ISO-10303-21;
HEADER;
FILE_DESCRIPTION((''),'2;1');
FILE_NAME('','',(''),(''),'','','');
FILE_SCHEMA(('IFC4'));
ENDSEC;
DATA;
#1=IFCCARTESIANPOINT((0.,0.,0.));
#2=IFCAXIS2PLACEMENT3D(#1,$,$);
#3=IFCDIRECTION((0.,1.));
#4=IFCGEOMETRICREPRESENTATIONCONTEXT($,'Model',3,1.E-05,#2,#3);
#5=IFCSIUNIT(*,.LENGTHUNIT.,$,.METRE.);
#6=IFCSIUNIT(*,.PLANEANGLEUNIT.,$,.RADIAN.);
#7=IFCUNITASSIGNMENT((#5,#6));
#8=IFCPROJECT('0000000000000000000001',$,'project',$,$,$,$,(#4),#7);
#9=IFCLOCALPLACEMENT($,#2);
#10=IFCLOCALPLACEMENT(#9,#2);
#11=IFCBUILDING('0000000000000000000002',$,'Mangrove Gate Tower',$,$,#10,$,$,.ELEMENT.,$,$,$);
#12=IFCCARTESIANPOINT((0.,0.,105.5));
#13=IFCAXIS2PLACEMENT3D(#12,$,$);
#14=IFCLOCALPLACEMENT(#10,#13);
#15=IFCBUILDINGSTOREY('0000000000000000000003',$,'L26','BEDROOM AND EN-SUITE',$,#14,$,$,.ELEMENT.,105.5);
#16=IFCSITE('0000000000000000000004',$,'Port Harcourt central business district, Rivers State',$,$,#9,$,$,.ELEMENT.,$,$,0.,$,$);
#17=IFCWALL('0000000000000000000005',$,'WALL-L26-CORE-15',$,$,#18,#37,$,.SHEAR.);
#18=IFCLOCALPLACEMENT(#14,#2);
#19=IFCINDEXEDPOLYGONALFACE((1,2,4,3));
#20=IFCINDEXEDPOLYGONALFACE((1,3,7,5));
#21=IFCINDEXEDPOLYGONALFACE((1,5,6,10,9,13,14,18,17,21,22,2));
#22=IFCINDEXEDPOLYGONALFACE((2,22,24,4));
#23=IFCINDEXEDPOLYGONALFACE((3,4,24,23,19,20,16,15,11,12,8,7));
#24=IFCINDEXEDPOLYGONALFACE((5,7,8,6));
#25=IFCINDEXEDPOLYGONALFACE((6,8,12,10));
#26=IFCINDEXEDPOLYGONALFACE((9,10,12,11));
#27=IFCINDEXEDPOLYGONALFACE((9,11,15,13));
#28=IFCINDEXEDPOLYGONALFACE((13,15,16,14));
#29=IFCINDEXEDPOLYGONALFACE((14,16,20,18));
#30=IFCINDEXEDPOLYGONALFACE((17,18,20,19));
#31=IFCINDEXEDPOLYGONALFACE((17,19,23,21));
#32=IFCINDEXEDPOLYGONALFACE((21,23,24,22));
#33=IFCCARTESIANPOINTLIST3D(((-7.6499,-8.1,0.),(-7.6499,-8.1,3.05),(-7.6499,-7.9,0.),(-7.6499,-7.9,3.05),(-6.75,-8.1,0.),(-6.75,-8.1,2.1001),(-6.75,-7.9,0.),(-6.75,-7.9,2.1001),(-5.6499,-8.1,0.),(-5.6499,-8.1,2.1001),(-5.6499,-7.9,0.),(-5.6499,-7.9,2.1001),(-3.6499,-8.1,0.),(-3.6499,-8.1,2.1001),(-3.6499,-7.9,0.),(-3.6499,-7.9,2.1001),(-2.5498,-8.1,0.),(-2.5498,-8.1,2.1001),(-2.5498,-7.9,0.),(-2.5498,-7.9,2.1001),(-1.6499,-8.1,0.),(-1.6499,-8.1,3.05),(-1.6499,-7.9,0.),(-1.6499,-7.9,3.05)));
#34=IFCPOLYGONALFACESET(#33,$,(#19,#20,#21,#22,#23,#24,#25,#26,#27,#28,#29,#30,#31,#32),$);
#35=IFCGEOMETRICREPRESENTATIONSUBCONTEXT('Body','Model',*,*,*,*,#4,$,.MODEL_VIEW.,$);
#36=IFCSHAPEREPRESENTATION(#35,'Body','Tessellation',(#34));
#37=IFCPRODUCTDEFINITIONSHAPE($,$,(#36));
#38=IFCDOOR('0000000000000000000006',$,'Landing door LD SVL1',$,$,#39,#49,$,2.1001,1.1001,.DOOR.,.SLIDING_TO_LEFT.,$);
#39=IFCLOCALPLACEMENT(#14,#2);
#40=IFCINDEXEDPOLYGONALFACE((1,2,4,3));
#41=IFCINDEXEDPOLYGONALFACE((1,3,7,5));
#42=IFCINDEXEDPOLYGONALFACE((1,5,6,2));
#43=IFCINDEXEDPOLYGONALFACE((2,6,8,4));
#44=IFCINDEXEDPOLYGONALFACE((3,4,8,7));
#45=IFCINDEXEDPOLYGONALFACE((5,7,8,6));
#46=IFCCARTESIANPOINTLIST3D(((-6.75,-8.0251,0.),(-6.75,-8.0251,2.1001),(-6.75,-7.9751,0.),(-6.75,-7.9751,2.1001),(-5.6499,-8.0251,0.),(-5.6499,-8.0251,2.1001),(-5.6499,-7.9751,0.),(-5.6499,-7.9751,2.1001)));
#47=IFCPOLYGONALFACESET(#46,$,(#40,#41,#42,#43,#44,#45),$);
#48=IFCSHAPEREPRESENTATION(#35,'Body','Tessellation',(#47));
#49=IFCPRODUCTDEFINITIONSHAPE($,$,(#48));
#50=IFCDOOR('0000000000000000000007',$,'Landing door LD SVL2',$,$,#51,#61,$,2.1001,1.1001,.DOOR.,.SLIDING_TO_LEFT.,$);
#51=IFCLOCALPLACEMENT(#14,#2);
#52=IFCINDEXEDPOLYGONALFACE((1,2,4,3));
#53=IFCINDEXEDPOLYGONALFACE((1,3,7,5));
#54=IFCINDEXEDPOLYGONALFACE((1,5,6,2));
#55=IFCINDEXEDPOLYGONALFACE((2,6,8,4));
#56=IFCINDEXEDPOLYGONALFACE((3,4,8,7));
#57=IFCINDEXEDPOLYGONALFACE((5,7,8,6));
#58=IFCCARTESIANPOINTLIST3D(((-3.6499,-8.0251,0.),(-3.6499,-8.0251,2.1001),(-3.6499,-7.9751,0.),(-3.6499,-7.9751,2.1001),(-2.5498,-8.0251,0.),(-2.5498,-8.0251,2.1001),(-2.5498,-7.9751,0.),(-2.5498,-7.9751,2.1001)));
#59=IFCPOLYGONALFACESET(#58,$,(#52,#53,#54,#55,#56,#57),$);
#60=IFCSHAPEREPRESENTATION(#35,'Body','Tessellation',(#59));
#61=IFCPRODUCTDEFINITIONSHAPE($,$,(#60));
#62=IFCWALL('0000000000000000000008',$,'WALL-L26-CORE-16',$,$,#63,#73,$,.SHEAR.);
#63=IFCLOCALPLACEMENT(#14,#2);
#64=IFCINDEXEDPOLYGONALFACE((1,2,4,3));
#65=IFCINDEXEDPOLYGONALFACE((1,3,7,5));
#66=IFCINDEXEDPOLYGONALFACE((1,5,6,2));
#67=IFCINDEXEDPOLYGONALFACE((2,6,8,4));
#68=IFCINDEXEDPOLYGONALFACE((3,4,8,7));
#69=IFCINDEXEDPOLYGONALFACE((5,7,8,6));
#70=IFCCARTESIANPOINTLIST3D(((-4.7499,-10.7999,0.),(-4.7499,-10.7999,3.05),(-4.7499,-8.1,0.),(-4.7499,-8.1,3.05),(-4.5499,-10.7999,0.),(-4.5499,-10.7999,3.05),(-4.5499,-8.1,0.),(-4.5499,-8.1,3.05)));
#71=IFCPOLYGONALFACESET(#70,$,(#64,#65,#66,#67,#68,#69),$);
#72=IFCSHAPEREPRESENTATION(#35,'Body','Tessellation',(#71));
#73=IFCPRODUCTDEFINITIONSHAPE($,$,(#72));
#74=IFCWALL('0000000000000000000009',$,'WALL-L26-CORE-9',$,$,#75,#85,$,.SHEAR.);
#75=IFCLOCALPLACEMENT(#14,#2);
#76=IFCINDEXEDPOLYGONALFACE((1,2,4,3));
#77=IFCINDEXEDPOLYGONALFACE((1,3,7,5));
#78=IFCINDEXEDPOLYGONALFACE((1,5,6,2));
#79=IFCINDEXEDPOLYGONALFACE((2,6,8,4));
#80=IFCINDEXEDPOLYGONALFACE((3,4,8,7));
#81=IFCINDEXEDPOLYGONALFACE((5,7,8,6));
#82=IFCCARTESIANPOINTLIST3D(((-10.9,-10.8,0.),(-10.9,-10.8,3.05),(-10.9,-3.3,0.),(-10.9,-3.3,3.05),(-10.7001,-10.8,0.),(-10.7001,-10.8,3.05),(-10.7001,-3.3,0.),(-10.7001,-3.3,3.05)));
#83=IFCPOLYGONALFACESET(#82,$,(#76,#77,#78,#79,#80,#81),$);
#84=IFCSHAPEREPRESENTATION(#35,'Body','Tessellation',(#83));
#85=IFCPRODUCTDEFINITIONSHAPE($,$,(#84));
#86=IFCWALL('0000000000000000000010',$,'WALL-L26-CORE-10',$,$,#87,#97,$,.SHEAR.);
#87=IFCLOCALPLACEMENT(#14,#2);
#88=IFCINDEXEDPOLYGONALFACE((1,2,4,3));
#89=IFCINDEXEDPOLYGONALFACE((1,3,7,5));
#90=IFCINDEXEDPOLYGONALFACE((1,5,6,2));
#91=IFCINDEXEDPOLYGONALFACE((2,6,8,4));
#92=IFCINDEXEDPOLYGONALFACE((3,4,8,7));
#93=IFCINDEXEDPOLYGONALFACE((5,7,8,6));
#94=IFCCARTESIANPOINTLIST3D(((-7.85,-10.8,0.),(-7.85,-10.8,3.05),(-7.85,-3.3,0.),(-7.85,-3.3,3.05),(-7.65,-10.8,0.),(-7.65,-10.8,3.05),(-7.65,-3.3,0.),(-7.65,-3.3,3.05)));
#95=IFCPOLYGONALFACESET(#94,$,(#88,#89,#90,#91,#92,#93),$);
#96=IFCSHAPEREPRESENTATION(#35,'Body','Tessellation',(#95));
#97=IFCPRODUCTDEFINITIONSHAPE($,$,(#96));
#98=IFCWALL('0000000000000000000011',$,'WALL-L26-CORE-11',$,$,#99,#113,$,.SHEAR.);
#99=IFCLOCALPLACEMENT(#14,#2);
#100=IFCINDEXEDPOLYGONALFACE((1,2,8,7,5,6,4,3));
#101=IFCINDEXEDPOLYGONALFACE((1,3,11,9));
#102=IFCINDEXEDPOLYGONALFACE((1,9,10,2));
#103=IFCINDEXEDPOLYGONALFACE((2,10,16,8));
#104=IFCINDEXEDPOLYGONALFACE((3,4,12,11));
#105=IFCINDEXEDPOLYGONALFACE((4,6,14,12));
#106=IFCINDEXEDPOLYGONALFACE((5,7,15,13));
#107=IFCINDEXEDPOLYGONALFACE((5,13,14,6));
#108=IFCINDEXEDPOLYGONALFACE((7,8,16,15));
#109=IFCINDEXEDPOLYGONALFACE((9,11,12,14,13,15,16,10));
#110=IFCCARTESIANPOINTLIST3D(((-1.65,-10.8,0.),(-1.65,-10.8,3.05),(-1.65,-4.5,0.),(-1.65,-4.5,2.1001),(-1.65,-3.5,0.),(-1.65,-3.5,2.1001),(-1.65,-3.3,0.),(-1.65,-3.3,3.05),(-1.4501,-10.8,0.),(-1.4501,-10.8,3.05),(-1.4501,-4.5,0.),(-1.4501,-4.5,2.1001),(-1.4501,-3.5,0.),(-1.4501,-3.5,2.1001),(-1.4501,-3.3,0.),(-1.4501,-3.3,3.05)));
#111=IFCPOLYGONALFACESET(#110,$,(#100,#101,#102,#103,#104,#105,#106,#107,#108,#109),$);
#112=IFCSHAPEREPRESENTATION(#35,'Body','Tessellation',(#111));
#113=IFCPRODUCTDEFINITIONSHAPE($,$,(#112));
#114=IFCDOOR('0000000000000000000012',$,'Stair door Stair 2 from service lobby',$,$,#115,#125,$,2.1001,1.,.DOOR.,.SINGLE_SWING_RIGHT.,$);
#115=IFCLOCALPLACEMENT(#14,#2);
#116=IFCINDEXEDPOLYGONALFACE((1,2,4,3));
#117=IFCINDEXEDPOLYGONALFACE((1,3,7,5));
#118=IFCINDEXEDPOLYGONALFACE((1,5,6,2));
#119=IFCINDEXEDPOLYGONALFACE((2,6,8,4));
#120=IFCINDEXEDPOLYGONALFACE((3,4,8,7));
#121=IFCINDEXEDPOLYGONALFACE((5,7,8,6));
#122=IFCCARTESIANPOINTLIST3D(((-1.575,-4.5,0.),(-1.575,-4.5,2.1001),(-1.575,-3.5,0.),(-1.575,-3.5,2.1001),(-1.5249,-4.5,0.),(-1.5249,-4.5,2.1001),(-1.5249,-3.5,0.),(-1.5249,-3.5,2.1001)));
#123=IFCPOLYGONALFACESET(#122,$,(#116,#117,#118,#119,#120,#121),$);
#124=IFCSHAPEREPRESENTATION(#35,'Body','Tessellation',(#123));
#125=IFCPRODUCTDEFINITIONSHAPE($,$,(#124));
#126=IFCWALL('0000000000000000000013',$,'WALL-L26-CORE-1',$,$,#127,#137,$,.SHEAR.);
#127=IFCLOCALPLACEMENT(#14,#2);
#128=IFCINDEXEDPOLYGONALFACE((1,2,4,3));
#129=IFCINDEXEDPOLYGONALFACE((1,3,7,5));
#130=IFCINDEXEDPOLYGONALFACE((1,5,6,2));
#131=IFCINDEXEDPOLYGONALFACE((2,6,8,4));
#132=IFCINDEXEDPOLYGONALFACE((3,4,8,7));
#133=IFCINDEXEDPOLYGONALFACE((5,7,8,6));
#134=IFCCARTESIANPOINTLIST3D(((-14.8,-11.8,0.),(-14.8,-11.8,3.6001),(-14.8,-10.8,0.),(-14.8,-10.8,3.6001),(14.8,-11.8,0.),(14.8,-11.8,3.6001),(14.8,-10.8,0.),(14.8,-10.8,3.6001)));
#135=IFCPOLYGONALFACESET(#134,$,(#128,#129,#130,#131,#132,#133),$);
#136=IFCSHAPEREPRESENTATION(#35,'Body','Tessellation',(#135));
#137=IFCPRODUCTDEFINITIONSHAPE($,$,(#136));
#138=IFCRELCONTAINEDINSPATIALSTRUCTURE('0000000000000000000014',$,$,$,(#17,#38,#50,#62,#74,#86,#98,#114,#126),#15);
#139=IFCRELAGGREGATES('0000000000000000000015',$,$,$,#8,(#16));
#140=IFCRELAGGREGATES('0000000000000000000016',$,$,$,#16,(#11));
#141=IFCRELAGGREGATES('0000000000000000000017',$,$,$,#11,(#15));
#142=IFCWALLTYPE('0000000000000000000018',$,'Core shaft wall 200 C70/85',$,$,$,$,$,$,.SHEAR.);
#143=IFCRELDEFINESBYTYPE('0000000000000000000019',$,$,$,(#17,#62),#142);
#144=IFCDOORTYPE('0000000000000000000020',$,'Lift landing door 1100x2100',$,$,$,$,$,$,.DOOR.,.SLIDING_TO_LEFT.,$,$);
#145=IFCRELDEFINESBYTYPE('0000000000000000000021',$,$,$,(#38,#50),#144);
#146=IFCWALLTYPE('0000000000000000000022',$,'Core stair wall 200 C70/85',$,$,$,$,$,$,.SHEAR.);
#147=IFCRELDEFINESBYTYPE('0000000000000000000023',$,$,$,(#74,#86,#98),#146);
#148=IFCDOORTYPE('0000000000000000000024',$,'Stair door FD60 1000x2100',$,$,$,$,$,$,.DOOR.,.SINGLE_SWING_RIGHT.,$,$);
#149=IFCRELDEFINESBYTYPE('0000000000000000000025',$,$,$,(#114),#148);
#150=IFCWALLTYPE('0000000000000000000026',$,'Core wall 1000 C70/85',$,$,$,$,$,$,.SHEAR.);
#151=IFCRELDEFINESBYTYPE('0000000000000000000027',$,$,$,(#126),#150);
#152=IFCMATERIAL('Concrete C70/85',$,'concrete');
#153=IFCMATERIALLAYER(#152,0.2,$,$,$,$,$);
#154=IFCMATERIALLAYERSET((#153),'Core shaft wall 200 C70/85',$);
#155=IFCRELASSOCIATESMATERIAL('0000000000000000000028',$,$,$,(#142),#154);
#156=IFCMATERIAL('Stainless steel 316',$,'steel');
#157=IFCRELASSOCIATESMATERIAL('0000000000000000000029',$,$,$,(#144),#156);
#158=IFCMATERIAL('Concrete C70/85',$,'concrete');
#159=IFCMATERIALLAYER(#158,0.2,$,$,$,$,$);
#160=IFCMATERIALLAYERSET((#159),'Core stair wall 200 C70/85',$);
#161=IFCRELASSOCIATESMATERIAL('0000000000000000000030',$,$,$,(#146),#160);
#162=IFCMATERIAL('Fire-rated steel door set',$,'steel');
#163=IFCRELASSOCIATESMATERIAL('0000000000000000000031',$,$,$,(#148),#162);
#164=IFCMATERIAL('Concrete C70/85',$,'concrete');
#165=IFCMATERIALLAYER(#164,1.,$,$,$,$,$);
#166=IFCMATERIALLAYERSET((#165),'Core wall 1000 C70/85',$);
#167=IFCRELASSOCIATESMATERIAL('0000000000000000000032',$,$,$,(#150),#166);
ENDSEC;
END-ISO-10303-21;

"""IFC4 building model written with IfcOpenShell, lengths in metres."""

from ifc_helpers import new_model, si_unit, direction, frame, frame_2d, origin, place, context, subcontext, project, spatial, rectangle, extrude, material, layer, layer_set, type_object, element, fill, save


model = new_model("IFC4")

# Units and contexts
model_context = context("Model", 3, precision=1e-05, world=origin(), true_north=direction((0.0, 1.0)))
body_context = subcontext(model_context, "Body", "Model", "MODEL_VIEW")
ifc_project = project(units=[si_unit("LENGTHUNIT", "METRE"), si_unit("PLANEANGLEUNIT", "RADIAN")], contexts=[model_context])

# Site, building, storey
site_placement = place(None, origin())
site = spatial("IfcSite", under=ifc_project, at=site_placement, Name="Port Harcourt central business district, Rivers State", CompositionType="ELEMENT", RefElevation=0.0)
building_placement = place(site_placement, origin())
building = spatial("IfcBuilding", under=site, at=building_placement, Name="Mangrove Gate Tower", CompositionType="ELEMENT")
storey_placement = place(building_placement, frame((0.0, 0.0, 105.5)))
storey = spatial("IfcBuildingStorey", under=building, at=storey_placement, Name="L26", Description="BEDROOM AND EN-SUITE", CompositionType="ELEMENT", Elevation=105.5)

# Wall, openings, doors
ifc_material_1 = material(Name="Concrete C70/85", Category="concrete")
ifc_layer_1 = layer(ifc_material_1, 0.2)
ifc_layer_set_1 = layer_set([ifc_layer_1], Name="Core shaft wall 200 C70/85")
wall_type_1 = type_object("IfcWallType", Name="Core shaft wall 200 C70/85", PredefinedType="SHEAR", material=ifc_layer_set_1)
wall_1_placement = place(storey_placement, frame((-7.6499, -8.0, 0.0), z_axis=(0.0, 0.0, 1.0), x_axis=(1.0, 0.0, 0.0)))
wall_1 = element("IfcWall", 1, at=wall_1_placement, inside=storey, type_object=wall_type_1, Name="WALL-L26-CORE-15", PredefinedType="SHEAR", context=body_context, shape_type="SweptSolid", body=[
    extrude(rectangle(XDim=6.0, YDim=0.2, at=frame_2d((3.0, 0.0))), origin(), (0.0, 0.0, 1.0), 3.05),
])
opening_1_placement = place(wall_1_placement, frame((0.8999, 0.0, 0.0)))
opening_1 = element("IfcOpeningElement", 2, at=opening_1_placement, cuts=wall_1, PredefinedType="OPENING", context=body_context, shape_type="SweptSolid", body=[
    extrude(rectangle(XDim=1.1001, YDim=2.1001, at=frame_2d((0.55, 1.05))), frame((0.0, 0.1099, 0.0), z_axis=(0.0, -1.0, 0.0), x_axis=(1.0, 0.0, 0.0)), (0.0, 0.0, 1.0), 0.22),
])
opening_2_placement = place(wall_1_placement, frame((4.0, 0.0, 0.0)))
opening_2 = element("IfcOpeningElement", 3, at=opening_2_placement, cuts=wall_1, PredefinedType="OPENING", context=body_context, shape_type="SweptSolid", body=[
    extrude(rectangle(XDim=1.1001, YDim=2.1001, at=frame_2d((0.55, 1.05))), frame((0.0, 0.1099, 0.0), z_axis=(0.0, -1.0, 0.0), x_axis=(1.0, 0.0, 0.0)), (0.0, 0.0, 1.0), 0.22),
])
ifc_material_2 = material(Name="Stainless steel 316", Category="steel")
door_type_1 = type_object("IfcDoorType", Name="Lift landing door 1100x2100", OperationType="SLIDING_TO_LEFT", PredefinedType="DOOR", material=ifc_material_2)
door_1_placement = place(opening_1_placement, origin())
door_1 = element("IfcDoor", 4, at=door_1_placement, inside=storey, type_object=door_type_1, Name="Landing door LD SVL1", OperationType="SLIDING_TO_LEFT", OverallHeight=2.1001, OverallWidth=1.1001, PredefinedType="DOOR", context=body_context, shape_type="SweptSolid", body=[
    extrude(rectangle(XDim=1.1001, YDim=2.1001, at=frame_2d((0.55, 1.05))), frame((0.0, 0.0249, 0.0), z_axis=(0.0, -1.0, 0.0), x_axis=(1.0, 0.0, 0.0)), (0.0, 0.0, 1.0), 0.05),
])
fill(opening_1, door_1)
door_2_placement = place(opening_2_placement, origin())
door_2 = element("IfcDoor", 5, at=door_2_placement, inside=storey, type_object=door_type_1, Name="Landing door LD SVL2", OperationType="SLIDING_TO_LEFT", OverallHeight=2.1001, OverallWidth=1.1001, PredefinedType="DOOR", context=body_context, shape_type="SweptSolid", body=[
    extrude(rectangle(XDim=1.1001, YDim=2.1001, at=frame_2d((0.55, 1.05))), frame((0.0, 0.0249, 0.0), z_axis=(0.0, -1.0, 0.0), x_axis=(1.0, 0.0, 0.0)), (0.0, 0.0, 1.0), 0.05),
])
fill(opening_2, door_2)

# Walls
wall_2_placement = place(storey_placement, frame((-4.6499, -10.8, 0.0), z_axis=(0.0, 0.0, 1.0), x_axis=(0.0, 1.0, 0.0)))
element("IfcWall", 6, at=wall_2_placement, inside=storey, type_object=wall_type_1, Name="WALL-L26-CORE-16", PredefinedType="SHEAR", context=body_context, shape_type="SweptSolid", body=[
    extrude(rectangle(XDim=2.7, YDim=0.2, at=frame_2d((1.3501, 0.0))), origin(), (0.0, 0.0, 1.0), 3.05),
])
ifc_material_3 = material(Name="Concrete C70/85", Category="concrete")
ifc_layer_2 = layer(ifc_material_3, 0.2)
ifc_layer_set_2 = layer_set([ifc_layer_2], Name="Core stair wall 200 C70/85")
wall_type_2 = type_object("IfcWallType", Name="Core stair wall 200 C70/85", PredefinedType="SHEAR", material=ifc_layer_set_2)
for number, where, z_axis, x_axis, name in (
    (7, (-10.8, -10.8, 0.0), (0.0, 0.0, 1.0), (0.0, 1.0, 0.0), "WALL-L26-CORE-9"),
    (8, (-7.75, -10.8, 0.0), (0.0, 0.0, 1.0), (0.0, 1.0, 0.0), "WALL-L26-CORE-10"),
):
    element("IfcWall", number, at=place(storey_placement, frame(where, z_axis=z_axis, x_axis=x_axis)), inside=storey, type_object=wall_type_2, Name=name, PredefinedType="SHEAR", context=body_context, shape_type="SweptSolid", body=[
        extrude(rectangle(XDim=7.5, YDim=0.2, at=frame_2d((3.75, 0.0))), origin(), (0.0, 0.0, 1.0), 3.05),
    ])

# Wall, opening, door
wall_3_placement = place(storey_placement, frame((-1.55, -10.8, 0.0), z_axis=(0.0, 0.0, 1.0), x_axis=(0.0, 1.0, 0.0)))
wall_3 = element("IfcWall", 9, at=wall_3_placement, inside=storey, type_object=wall_type_2, Name="WALL-L26-CORE-11", PredefinedType="SHEAR", context=body_context, shape_type="SweptSolid", body=[
    extrude(rectangle(XDim=7.5, YDim=0.2, at=frame_2d((3.75, 0.0))), origin(), (0.0, 0.0, 1.0), 3.05),
])
opening_3_placement = place(wall_3_placement, frame((6.3, 0.0, 0.0)))
opening_3 = element("IfcOpeningElement", 10, at=opening_3_placement, cuts=wall_3, PredefinedType="OPENING", context=body_context, shape_type="SweptSolid", body=[
    extrude(rectangle(XDim=1.0, YDim=2.1001, at=frame_2d((0.5, 1.05))), frame((0.0, 0.1099, 0.0), z_axis=(0.0, -1.0, 0.0), x_axis=(1.0, 0.0, 0.0)), (0.0, 0.0, 1.0), 0.22),
])
ifc_material_4 = material(Name="Fire-rated steel door set", Category="steel")
door_type_2 = type_object("IfcDoorType", Name="Stair door FD60 1000x2100", OperationType="SINGLE_SWING_RIGHT", PredefinedType="DOOR", material=ifc_material_4)
door_3_placement = place(opening_3_placement, origin())
door_3 = element("IfcDoor", 11, at=door_3_placement, inside=storey, type_object=door_type_2, Name="Stair door Stair 2 from service lobby", OperationType="SINGLE_SWING_RIGHT", OverallHeight=2.1001, OverallWidth=1.0, PredefinedType="DOOR", context=body_context, shape_type="SweptSolid", body=[
    extrude(rectangle(XDim=1.0, YDim=2.1001, at=frame_2d((0.5, 1.05))), frame((0.0, 0.0249, 0.0), z_axis=(0.0, -1.0, 0.0), x_axis=(1.0, 0.0, 0.0)), (0.0, 0.0, 1.0), 0.05),
])
fill(opening_3, door_3)

# Wall
ifc_material_5 = material(Name="Concrete C70/85", Category="concrete")
ifc_layer_3 = layer(ifc_material_5, 1.0)
ifc_layer_set_3 = layer_set([ifc_layer_3], Name="Core wall 1000 C70/85")
wall_type_3 = type_object("IfcWallType", Name="Core wall 1000 C70/85", PredefinedType="SHEAR", material=ifc_layer_set_3)
wall_4_placement = place(storey_placement, frame((-14.8, -11.3, 0.0), z_axis=(0.0, 0.0, 1.0), x_axis=(1.0, 0.0, 0.0)))
element("IfcWall", 12, at=wall_4_placement, inside=storey, type_object=wall_type_3, Name="WALL-L26-CORE-1", PredefinedType="SHEAR", context=body_context, shape_type="SweptSolid", body=[
    extrude(rectangle(XDim=29.6001, YDim=1.0, at=frame_2d((14.8, 0.0))), origin(), (0.0, 0.0, 1.0), 3.6001),
])

save(model, "model.ifc")
